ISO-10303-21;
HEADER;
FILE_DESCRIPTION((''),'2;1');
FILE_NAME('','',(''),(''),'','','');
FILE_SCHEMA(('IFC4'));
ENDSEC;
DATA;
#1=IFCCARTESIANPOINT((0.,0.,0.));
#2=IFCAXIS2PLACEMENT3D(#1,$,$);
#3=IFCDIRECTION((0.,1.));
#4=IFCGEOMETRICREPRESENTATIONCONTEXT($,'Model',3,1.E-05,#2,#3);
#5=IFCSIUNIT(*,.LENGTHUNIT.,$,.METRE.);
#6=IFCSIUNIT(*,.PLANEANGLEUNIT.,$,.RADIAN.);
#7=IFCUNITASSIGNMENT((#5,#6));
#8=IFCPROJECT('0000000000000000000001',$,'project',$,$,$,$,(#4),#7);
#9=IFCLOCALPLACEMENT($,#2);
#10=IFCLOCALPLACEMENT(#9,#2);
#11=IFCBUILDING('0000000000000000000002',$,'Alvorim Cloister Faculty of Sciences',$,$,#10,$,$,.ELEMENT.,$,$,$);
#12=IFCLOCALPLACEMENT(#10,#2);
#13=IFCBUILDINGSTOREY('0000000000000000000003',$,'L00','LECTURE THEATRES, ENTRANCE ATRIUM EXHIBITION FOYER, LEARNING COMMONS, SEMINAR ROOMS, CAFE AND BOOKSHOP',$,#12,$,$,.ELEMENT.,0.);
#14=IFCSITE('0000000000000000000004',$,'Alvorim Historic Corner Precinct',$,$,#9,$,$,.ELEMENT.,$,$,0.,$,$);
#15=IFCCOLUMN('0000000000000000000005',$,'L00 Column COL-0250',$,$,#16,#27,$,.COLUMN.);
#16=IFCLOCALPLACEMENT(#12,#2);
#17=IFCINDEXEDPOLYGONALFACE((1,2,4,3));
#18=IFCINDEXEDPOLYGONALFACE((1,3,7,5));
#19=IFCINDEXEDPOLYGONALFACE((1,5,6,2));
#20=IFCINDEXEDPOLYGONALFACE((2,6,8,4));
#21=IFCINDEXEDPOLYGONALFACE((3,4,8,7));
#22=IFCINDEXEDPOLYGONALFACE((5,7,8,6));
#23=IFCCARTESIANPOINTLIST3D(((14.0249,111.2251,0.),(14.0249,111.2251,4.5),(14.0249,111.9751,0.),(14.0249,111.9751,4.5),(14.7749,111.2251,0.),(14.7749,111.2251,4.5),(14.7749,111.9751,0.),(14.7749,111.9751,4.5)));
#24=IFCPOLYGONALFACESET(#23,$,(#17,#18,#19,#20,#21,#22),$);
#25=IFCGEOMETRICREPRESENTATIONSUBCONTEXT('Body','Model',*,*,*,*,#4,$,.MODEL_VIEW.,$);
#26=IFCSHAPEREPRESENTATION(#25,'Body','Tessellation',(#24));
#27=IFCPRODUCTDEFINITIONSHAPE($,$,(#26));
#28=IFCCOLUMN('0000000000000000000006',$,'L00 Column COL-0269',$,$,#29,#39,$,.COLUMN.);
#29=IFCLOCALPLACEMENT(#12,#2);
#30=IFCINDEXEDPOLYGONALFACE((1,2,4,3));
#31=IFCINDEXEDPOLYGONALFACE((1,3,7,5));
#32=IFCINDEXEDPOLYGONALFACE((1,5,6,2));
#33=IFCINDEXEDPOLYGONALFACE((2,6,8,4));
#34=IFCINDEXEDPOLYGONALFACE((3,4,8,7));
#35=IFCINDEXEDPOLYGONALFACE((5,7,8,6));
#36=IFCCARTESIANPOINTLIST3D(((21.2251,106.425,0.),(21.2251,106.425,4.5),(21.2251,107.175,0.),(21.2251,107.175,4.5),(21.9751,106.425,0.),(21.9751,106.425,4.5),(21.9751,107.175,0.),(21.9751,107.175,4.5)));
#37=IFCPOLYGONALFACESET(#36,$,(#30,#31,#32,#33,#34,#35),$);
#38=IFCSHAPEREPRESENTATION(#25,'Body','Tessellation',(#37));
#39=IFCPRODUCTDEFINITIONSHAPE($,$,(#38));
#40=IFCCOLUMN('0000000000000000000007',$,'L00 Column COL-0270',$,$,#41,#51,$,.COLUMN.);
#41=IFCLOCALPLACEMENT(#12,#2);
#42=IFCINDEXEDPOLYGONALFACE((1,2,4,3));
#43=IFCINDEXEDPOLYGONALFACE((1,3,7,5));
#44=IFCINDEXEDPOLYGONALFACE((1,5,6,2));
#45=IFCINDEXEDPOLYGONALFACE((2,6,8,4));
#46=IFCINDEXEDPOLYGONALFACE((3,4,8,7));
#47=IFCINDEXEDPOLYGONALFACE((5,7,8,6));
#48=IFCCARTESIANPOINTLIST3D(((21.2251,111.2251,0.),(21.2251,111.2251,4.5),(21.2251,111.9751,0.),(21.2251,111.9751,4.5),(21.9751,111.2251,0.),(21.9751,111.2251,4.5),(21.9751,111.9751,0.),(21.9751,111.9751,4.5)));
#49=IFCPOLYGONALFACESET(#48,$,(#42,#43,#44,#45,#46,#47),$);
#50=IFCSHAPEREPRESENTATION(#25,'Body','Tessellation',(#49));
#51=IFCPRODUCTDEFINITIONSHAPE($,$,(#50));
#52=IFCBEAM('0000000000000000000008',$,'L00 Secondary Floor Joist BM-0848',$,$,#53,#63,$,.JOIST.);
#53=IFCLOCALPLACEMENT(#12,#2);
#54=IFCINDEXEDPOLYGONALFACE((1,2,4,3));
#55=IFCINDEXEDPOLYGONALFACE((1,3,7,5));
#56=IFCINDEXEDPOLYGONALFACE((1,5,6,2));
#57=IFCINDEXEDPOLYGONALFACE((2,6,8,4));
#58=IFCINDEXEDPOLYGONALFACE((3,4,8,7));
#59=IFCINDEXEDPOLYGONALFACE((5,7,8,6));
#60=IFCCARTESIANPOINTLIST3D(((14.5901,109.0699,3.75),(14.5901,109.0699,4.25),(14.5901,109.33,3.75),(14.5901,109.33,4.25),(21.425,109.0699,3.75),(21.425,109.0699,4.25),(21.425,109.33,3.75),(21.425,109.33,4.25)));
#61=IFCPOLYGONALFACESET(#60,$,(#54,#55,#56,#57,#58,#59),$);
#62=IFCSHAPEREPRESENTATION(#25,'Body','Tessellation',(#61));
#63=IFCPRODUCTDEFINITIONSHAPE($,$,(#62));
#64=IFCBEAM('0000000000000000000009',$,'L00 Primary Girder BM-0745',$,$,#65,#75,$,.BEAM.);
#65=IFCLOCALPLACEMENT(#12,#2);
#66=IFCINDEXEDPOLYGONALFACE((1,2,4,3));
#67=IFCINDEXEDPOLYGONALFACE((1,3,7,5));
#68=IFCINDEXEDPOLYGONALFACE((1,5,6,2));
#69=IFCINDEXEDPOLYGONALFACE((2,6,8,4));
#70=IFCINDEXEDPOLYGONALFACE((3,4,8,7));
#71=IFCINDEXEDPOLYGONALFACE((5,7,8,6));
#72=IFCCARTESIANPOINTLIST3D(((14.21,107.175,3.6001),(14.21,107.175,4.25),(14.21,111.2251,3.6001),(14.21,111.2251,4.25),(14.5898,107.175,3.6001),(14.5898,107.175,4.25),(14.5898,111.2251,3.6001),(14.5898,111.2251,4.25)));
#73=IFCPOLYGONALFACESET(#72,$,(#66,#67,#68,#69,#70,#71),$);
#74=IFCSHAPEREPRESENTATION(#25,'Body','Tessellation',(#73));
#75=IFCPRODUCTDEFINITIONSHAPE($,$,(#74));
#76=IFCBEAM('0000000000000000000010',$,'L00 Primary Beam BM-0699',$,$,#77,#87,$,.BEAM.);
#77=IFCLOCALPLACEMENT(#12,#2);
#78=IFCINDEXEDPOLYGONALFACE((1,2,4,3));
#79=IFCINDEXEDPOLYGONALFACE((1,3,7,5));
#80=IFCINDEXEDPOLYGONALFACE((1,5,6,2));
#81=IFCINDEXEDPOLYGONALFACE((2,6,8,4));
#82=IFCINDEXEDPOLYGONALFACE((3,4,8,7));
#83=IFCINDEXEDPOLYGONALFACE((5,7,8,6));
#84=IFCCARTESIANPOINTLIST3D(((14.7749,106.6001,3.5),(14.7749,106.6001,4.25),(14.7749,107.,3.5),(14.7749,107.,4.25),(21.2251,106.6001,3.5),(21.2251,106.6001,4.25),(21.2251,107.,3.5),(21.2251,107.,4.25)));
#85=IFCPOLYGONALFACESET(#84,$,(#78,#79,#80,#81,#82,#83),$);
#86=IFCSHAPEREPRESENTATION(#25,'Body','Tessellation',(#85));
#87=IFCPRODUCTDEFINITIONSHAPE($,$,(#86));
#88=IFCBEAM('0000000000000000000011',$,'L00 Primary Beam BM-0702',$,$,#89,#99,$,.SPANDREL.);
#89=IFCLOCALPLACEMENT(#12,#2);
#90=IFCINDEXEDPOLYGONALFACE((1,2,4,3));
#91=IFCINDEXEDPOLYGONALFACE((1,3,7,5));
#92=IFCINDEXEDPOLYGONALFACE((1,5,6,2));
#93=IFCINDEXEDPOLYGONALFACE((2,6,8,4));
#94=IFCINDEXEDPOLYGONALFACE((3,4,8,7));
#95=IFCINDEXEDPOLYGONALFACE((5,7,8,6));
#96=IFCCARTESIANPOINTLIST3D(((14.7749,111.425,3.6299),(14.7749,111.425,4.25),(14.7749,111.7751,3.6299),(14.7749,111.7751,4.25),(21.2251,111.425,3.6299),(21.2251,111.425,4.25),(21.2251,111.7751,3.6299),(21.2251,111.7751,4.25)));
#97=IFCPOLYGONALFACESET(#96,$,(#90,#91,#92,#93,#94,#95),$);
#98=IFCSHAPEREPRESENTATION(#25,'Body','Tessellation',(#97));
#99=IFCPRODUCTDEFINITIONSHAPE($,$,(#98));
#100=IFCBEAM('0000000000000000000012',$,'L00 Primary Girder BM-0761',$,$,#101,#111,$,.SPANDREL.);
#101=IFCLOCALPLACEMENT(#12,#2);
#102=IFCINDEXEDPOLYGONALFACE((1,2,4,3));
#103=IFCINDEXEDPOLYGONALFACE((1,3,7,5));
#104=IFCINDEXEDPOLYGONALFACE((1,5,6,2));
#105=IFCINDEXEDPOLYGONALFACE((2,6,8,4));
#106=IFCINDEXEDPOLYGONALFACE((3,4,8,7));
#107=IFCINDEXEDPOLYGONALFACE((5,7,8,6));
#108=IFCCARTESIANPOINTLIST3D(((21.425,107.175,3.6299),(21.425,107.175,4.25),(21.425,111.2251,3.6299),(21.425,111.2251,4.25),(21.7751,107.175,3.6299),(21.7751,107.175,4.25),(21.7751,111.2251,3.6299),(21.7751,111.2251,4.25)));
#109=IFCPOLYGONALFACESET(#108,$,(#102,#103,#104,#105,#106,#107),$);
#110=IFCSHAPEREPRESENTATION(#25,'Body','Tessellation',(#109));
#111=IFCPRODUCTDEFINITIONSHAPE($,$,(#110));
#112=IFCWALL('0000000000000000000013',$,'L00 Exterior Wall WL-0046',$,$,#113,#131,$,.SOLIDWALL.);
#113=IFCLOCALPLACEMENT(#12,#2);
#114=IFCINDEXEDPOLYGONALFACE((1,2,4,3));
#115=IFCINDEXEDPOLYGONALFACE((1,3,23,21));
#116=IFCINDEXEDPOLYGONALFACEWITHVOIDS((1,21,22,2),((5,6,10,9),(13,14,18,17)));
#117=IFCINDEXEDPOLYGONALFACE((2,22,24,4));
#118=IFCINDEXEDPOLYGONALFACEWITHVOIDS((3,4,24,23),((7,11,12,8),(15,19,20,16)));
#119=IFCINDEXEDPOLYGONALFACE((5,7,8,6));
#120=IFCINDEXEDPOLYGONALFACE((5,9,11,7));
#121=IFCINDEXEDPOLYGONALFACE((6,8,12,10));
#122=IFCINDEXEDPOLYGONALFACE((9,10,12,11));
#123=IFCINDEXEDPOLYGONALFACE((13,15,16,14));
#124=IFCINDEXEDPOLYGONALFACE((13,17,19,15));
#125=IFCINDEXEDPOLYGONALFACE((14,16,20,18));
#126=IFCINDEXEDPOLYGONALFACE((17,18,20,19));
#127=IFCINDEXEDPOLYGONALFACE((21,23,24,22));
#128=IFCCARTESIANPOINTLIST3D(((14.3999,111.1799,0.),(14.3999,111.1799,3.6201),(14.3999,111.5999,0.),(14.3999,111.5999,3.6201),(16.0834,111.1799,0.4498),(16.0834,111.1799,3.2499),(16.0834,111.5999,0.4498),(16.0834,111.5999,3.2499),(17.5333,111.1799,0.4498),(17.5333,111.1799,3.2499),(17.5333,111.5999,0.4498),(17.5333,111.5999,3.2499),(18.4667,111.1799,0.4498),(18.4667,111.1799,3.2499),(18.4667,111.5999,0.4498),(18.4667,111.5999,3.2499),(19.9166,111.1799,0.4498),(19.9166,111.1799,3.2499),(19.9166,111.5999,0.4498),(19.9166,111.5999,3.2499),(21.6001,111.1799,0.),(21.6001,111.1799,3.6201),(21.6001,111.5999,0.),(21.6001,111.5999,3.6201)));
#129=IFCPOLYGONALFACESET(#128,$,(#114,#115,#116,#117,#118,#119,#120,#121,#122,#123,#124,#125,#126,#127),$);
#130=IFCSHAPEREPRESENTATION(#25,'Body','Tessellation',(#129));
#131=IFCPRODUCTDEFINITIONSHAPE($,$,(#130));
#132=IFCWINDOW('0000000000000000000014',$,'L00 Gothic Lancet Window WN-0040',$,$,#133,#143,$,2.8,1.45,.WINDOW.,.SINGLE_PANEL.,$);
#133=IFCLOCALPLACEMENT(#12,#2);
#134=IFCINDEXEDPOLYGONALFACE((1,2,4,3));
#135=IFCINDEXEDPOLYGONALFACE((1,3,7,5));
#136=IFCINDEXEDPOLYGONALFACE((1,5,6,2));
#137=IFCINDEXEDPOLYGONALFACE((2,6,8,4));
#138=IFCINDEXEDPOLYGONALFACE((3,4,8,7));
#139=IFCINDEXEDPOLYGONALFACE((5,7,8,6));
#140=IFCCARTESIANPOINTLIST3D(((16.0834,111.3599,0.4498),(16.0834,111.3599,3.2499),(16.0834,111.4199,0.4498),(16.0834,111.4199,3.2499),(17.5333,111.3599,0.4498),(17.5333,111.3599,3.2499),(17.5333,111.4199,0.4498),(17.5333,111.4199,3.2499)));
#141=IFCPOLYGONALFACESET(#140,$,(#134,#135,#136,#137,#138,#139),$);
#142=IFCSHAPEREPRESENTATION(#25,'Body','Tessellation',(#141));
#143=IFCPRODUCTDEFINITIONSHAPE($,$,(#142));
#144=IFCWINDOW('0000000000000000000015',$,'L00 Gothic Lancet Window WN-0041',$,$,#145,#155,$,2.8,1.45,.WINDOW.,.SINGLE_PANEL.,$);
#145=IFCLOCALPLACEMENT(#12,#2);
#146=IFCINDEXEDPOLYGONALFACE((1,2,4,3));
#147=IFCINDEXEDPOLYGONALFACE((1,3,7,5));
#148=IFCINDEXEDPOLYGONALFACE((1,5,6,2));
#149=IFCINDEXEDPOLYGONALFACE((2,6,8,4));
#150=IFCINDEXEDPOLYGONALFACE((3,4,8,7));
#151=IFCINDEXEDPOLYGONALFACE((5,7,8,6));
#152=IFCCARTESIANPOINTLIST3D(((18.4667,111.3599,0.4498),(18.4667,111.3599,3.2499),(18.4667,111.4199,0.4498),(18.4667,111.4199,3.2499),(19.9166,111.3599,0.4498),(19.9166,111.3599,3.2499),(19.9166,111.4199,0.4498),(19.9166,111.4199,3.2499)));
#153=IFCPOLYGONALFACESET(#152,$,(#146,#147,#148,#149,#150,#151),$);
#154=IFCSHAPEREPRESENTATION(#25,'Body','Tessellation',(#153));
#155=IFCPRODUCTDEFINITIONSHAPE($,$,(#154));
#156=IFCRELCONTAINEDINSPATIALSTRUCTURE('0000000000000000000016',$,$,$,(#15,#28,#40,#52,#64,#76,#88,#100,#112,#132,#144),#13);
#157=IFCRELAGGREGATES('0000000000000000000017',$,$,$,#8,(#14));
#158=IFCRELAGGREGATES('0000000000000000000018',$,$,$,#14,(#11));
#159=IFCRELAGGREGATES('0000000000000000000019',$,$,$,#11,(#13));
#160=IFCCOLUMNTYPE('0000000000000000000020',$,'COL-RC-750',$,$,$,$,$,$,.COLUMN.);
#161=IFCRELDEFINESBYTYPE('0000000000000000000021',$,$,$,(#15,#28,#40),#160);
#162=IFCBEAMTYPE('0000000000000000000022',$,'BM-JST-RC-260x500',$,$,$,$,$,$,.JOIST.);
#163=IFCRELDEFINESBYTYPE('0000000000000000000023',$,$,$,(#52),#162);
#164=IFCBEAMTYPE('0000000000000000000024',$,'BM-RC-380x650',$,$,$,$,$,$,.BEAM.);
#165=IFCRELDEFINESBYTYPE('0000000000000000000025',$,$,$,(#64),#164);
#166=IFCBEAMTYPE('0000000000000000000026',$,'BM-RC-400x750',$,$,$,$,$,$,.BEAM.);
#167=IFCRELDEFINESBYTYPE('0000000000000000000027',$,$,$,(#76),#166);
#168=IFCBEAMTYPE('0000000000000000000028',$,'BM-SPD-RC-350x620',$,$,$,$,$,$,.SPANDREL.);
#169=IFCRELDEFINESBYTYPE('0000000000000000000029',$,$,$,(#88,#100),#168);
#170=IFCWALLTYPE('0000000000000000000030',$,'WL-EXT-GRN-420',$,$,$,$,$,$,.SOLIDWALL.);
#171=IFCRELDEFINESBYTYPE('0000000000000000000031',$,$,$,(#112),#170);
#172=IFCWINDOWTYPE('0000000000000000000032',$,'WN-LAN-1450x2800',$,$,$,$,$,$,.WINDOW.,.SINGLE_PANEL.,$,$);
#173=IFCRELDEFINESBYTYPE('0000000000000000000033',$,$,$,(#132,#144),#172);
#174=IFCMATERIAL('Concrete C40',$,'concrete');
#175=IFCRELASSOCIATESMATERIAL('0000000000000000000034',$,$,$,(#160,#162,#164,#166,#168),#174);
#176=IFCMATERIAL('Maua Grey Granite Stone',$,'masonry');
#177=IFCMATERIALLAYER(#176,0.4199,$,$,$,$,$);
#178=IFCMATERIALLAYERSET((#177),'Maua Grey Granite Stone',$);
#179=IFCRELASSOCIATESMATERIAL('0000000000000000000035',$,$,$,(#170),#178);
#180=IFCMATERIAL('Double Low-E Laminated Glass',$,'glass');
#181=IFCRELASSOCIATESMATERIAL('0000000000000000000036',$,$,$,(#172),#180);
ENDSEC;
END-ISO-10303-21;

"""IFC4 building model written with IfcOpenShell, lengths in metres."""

from ifc_helpers import new_model, si_unit, direction, frame, frame_2d, origin, origin_2d, place, context, subcontext, project, spatial, rectangle, extrude, material, layer, layer_set, material_profile, profile_set, type_object, element, fill, save


model = new_model("IFC4")

# Units and contexts
model_context = context("Model", 3, precision=1e-05, world=origin(), true_north=direction((0.0, 1.0)))
body_context = subcontext(model_context, "Body", "Model", "MODEL_VIEW")
ifc_project = project(units=[si_unit("LENGTHUNIT", "METRE"), si_unit("PLANEANGLEUNIT", "RADIAN")], contexts=[model_context])

# Site, building, storey
site_placement = place(None, origin())
site = spatial("IfcSite", under=ifc_project, at=site_placement, Name="Alvorim Historic Corner Precinct", CompositionType="ELEMENT", RefElevation=0.0)
building_placement = place(site_placement, origin())
building = spatial("IfcBuilding", under=site, at=building_placement, Name="Alvorim Cloister Faculty of Sciences", CompositionType="ELEMENT")
storey_placement = place(building_placement, origin())
storey = spatial("IfcBuildingStorey", under=building, at=storey_placement, Name="L00", Description="LECTURE THEATRES, ENTRANCE ATRIUM EXHIBITION FOYER, LEARNING COMMONS, SEMINAR ROOMS, CAFE AND BOOKSHOP", CompositionType="ELEMENT", Elevation=0.0)

# Columns
ifc_material_1 = material(Name="Concrete C40", Category="concrete")
ifc_material_profile_1 = material_profile(ifc_material_1, rectangle(XDim=0.75, YDim=0.75, at=origin_2d()), Name="RC40-COL-750x750")
ifc_profile_set_1 = profile_set([ifc_material_profile_1], Name="Concrete C40")
column_type = type_object("IfcColumnType", Name="COL-RC-750", PredefinedType="COLUMN", material=ifc_profile_set_1)
for number, where, z_axis, x_axis, name in (
    (1, (14.3999, 111.6001, 0.0), (0.0, 0.0, 1.0), (1.0, 0.0, 0.0), "L00 Column COL-0250"),
    (2, (21.6001, 106.8, 0.0), (0.0, 0.0, 1.0), (1.0, 0.0, 0.0), "L00 Column COL-0269"),
    (3, (21.6001, 111.6001, 0.0), (0.0, 0.0, 1.0), (1.0, 0.0, 0.0), "L00 Column COL-0270"),
):
    element("IfcColumn", number, at=place(storey_placement, frame(where, z_axis=z_axis, x_axis=x_axis)), inside=storey, type_object=column_type, Name=name, PredefinedType="COLUMN", context=body_context, shape_type="SweptSolid", body=[
        extrude(rectangle(XDim=0.75, YDim=0.75, at=origin_2d()), origin(), (0.0, 0.0, 1.0), 4.5),
    ])

# Beams
ifc_material_profile_2 = material_profile(ifc_material_1, rectangle(XDim=0.26, YDim=0.5, at=origin_2d()), Name="RC40-JST-260x500")
ifc_profile_set_2 = profile_set([ifc_material_profile_2], Name="Concrete C40")
beam_type_1 = type_object("IfcBeamType", Name="BM-JST-RC-260x500", PredefinedType="JOIST", material=ifc_profile_set_2)
beam_1_placement = place(storey_placement, frame((14.5901, 109.2, 4.0), z_axis=(1.0, 0.0, 0.0), x_axis=(0.0, 1.0, 0.0)))
element("IfcBeam", 4, at=beam_1_placement, inside=storey, type_object=beam_type_1, Name="L00 Secondary Floor Joist BM-0848", PredefinedType="JOIST", context=body_context, shape_type="SweptSolid", body=[
    extrude(rectangle(XDim=0.26, YDim=0.5, at=origin_2d()), origin(), (0.0, 0.0, 1.0), 6.835),
])
ifc_material_profile_3 = material_profile(ifc_material_1, rectangle(XDim=0.3799, YDim=0.6499, at=origin_2d()), Name="RC40-BM-380x650")
ifc_profile_set_3 = profile_set([ifc_material_profile_3], Name="Concrete C40")
beam_type_2 = type_object("IfcBeamType", Name="BM-RC-380x650", PredefinedType="BEAM", material=ifc_profile_set_3)
beam_2_placement = place(storey_placement, frame((14.3999, 107.175, 3.925), z_axis=(0.0, 1.0, 0.0), x_axis=(-1.0, 0.0, 0.0)))
element("IfcBeam", 5, at=beam_2_placement, inside=storey, type_object=beam_type_2, Name="L00 Primary Girder BM-0745", PredefinedType="BEAM", context=body_context, shape_type="SweptSolid", body=[
    extrude(rectangle(XDim=0.3799, YDim=0.6499, at=origin_2d()), origin(), (0.0, 0.0, 1.0), 4.05),
])
ifc_material_profile_4 = material_profile(ifc_material_1, rectangle(XDim=0.3999, YDim=0.75, at=origin_2d()), Name="RC40-BM-400x750")
ifc_profile_set_4 = profile_set([ifc_material_profile_4], Name="Concrete C40")
beam_type_3 = type_object("IfcBeamType", Name="BM-RC-400x750", PredefinedType="BEAM", material=ifc_profile_set_4)
beam_3_placement = place(storey_placement, frame((14.7749, 106.8, 3.875), z_axis=(1.0, 0.0, 0.0), x_axis=(0.0, 1.0, 0.0)))
element("IfcBeam", 6, at=beam_3_placement, inside=storey, type_object=beam_type_3, Name="L00 Primary Beam BM-0699", PredefinedType="BEAM", context=body_context, shape_type="SweptSolid", body=[
    extrude(rectangle(XDim=0.3999, YDim=0.75, at=origin_2d()), origin(), (0.0, 0.0, 1.0), 6.4502),
])
ifc_material_profile_5 = material_profile(ifc_material_1, rectangle(XDim=0.3501, YDim=0.6201, at=origin_2d()), Name="RC40-SPD-350x620")
ifc_profile_set_5 = profile_set([ifc_material_profile_5], Name="Concrete C40")
beam_type_4 = type_object("IfcBeamType", Name="BM-SPD-RC-350x620", PredefinedType="SPANDREL", material=ifc_profile_set_5)
beam_4_placement = place(storey_placement, frame((14.7749, 111.6001, 3.9399), z_axis=(1.0, 0.0, 0.0), x_axis=(0.0, 1.0, 0.0)))
element("IfcBeam", 7, at=beam_4_placement, inside=storey, type_object=beam_type_4, Name="L00 Primary Beam BM-0702", PredefinedType="SPANDREL", context=body_context, shape_type="SweptSolid", body=[
    extrude(rectangle(XDim=0.3501, YDim=0.6201, at=origin_2d()), origin(), (0.0, 0.0, 1.0), 6.4502),
])
beam_5_placement = place(storey_placement, frame((21.6001, 107.175, 3.9399), z_axis=(0.0, 1.0, 0.0), x_axis=(-1.0, 0.0, 0.0)))
element("IfcBeam", 8, at=beam_5_placement, inside=storey, type_object=beam_type_4, Name="L00 Primary Girder BM-0761", PredefinedType="SPANDREL", context=body_context, shape_type="SweptSolid", body=[
    extrude(rectangle(XDim=0.3501, YDim=0.6201, at=origin_2d()), origin(), (0.0, 0.0, 1.0), 4.05),
])

# Wall, openings, windows
ifc_material_2 = material(Name="Maua Grey Granite Stone", Category="masonry")
ifc_layer_1 = layer(ifc_material_2, 0.4199)
ifc_layer_set_1 = layer_set([ifc_layer_1], Name="Maua Grey Granite Stone")
wall_type = type_object("IfcWallType", Name="WL-EXT-GRN-420", PredefinedType="SOLIDWALL", material=ifc_layer_set_1)
wall_1_placement = place(storey_placement, frame((14.3999, 111.3899, 0.0), z_axis=(0.0, 0.0, 1.0), x_axis=(1.0, 0.0, 0.0)))
wall_1 = element("IfcWall", 9, at=wall_1_placement, inside=storey, type_object=wall_type, Name="L00 Exterior Wall WL-0046", PredefinedType="SOLIDWALL", context=body_context, shape_type="SweptSolid", body=[
    extrude(rectangle(XDim=7.2002, YDim=0.4199, at=frame_2d((3.6001, 0.0))), origin(), (0.0, 0.0, 1.0), 3.6201),
])
opening_1_placement = place(wall_1_placement, frame((1.6833, 0.0, 0.45)))
opening_1 = element("IfcOpeningElement", 10, at=opening_1_placement, cuts=wall_1, PredefinedType="OPENING", context=body_context, shape_type="SweptSolid", body=[
    extrude(rectangle(XDim=1.45, YDim=2.8, at=frame_2d((0.7251, 1.3999))), frame((0.0, 0.2219, 0.0), z_axis=(0.0, -1.0, 0.0), x_axis=(1.0, 0.0, 0.0)), (0.0, 0.0, 1.0), 0.4438),
])
opening_2_placement = place(wall_1_placement, frame((4.0667, 0.0, 0.45)))
opening_2 = element("IfcOpeningElement", 11, at=opening_2_placement, cuts=wall_1, PredefinedType="OPENING", context=body_context, shape_type="SweptSolid", body=[
    extrude(rectangle(XDim=1.45, YDim=2.8, at=frame_2d((0.7251, 1.3999))), frame((0.0, 0.2219, 0.0), z_axis=(0.0, -1.0, 0.0), x_axis=(1.0, 0.0, 0.0)), (0.0, 0.0, 1.0), 0.4438),
])
ifc_material_3 = material(Name="Double Low-E Laminated Glass", Category="glass")
window_type_1 = type_object("IfcWindowType", Name="WN-LAN-1450x2800", PartitioningType="SINGLE_PANEL", PredefinedType="WINDOW", material=ifc_material_3)
window_1_placement = place(opening_1_placement, origin())
window_1 = element("IfcWindow", 12, at=window_1_placement, inside=storey, type_object=window_type_1, Name="L00 Gothic Lancet Window WN-0040", OverallHeight=2.8, OverallWidth=1.45, PartitioningType="SINGLE_PANEL", PredefinedType="WINDOW", context=body_context, shape_type="SweptSolid", body=[
    extrude(rectangle(XDim=1.45, YDim=2.8, at=frame_2d((0.7251, 1.3999))), frame((0.0, 0.03, 0.0), z_axis=(0.0, -1.0, 0.0), x_axis=(1.0, 0.0, 0.0)), (0.0, 0.0, 1.0), 0.0601),
])
fill(opening_1, window_1)
window_2_placement = place(opening_2_placement, origin())
window_2 = element("IfcWindow", 13, at=window_2_placement, inside=storey, type_object=window_type_1, Name="L00 Gothic Lancet Window WN-0041", OverallHeight=2.8, OverallWidth=1.45, PartitioningType="SINGLE_PANEL", PredefinedType="WINDOW", context=body_context, shape_type="SweptSolid", body=[
    extrude(rectangle(XDim=1.45, YDim=2.8, at=frame_2d((0.7251, 1.3999))), frame((0.0, 0.03, 0.0), z_axis=(0.0, -1.0, 0.0), x_axis=(1.0, 0.0, 0.0)), (0.0, 0.0, 1.0), 0.0601),
])
fill(opening_2, window_2)

save(model, "model.ifc")
